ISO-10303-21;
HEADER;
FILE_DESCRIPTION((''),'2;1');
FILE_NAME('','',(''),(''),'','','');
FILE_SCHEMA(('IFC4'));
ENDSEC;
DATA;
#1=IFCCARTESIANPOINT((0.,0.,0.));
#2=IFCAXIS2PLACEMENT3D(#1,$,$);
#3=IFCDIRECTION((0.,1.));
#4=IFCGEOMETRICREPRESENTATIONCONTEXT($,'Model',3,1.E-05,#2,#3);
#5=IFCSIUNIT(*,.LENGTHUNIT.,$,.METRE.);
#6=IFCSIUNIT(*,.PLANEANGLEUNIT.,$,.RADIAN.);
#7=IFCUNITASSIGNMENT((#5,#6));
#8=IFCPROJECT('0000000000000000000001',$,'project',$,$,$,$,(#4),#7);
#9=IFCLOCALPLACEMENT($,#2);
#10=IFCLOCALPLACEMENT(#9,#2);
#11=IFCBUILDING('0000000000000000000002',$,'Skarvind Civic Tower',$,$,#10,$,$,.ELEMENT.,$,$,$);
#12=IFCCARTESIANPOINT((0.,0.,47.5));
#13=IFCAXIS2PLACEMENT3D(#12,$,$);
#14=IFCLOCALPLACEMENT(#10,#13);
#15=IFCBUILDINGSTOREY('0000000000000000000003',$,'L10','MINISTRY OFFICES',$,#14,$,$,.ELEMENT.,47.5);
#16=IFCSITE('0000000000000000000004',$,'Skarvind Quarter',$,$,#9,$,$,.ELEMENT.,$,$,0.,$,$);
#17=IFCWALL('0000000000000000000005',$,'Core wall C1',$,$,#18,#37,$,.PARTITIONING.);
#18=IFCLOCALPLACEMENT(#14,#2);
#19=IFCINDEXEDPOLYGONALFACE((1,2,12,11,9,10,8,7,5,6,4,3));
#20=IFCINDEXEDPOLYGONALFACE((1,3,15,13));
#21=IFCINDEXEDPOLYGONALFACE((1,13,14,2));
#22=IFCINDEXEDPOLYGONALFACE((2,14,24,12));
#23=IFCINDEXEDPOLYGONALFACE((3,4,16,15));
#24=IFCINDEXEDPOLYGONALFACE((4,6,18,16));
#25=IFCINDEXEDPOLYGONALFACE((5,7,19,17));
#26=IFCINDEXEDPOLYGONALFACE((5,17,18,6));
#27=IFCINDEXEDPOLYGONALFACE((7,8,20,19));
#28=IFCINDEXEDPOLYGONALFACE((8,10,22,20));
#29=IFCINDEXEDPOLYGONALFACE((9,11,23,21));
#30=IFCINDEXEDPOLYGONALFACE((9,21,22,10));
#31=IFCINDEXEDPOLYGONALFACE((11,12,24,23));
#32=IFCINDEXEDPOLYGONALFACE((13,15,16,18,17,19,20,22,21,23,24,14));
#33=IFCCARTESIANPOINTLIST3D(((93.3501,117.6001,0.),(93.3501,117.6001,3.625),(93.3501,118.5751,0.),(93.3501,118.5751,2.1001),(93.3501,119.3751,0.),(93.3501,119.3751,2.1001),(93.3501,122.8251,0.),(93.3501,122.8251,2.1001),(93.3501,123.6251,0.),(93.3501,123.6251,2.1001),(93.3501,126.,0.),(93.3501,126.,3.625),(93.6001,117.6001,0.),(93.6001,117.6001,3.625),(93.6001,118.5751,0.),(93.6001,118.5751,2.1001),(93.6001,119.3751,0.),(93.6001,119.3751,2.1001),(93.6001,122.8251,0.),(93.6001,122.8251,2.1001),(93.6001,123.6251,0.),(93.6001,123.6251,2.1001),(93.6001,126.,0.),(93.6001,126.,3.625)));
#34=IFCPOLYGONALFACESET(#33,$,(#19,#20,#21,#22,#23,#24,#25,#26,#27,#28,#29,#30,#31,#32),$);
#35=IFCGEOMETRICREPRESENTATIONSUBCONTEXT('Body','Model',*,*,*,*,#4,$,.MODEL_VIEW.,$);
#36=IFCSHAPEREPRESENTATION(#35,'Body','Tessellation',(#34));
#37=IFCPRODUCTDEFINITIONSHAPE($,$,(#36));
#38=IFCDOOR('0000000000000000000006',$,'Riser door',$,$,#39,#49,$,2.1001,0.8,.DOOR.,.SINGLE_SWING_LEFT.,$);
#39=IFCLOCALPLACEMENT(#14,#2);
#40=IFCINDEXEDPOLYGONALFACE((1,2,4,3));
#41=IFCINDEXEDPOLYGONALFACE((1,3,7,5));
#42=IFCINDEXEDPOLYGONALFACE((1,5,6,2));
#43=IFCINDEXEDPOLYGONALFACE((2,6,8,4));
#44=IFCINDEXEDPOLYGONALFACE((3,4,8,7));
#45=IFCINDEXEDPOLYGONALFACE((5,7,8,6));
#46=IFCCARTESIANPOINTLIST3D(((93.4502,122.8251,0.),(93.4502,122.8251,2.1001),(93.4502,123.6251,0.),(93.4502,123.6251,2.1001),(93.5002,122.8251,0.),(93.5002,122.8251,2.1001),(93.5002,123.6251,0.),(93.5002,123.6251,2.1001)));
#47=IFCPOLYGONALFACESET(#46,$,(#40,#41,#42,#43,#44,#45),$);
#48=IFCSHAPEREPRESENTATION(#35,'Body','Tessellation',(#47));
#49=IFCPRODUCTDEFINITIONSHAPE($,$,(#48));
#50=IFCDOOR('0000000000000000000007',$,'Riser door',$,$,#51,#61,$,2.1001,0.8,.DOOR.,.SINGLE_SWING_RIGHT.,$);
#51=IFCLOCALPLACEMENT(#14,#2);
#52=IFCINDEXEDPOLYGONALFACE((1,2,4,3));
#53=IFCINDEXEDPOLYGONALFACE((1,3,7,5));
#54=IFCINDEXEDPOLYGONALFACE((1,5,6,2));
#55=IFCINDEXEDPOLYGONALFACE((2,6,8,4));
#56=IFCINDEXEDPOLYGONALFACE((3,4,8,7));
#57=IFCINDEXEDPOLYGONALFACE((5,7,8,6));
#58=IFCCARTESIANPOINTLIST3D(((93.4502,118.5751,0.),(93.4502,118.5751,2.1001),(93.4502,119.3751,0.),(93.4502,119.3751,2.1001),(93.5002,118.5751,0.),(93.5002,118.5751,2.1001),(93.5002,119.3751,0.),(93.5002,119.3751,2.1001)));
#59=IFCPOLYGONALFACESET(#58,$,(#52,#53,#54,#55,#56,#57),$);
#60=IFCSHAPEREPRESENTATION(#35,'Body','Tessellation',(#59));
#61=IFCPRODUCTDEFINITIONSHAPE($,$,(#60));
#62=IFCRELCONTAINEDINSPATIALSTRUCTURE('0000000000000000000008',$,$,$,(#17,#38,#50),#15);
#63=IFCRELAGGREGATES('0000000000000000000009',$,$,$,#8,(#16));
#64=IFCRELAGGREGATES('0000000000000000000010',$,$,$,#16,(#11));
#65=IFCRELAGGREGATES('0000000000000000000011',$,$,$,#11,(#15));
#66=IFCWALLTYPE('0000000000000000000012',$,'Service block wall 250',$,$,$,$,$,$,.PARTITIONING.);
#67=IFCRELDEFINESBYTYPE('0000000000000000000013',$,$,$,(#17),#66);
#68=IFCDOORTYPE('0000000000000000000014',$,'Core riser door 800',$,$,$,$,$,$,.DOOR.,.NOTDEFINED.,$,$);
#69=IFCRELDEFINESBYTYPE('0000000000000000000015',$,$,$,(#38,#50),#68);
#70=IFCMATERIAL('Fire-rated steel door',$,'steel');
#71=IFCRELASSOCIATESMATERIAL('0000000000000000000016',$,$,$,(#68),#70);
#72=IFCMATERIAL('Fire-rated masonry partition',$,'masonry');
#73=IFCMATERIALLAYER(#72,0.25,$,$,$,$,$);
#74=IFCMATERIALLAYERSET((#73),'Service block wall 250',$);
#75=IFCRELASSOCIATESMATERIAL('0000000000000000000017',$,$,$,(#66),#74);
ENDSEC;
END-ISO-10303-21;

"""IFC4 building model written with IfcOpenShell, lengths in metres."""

from ifc_helpers import new_model, si_unit, direction, frame, frame_2d, origin, place, context, subcontext, project, spatial, rectangle, extrude, material, layer, layer_set, type_object, element, fill, save


model = new_model("IFC4")

# Units and contexts
model_context = context("Model", 3, precision=1e-05, world=origin(), true_north=direction((0.0, 1.0)))
body_context = subcontext(model_context, "Body", "Model", "MODEL_VIEW")
ifc_project = project(units=[si_unit("LENGTHUNIT", "METRE"), si_unit("PLANEANGLEUNIT", "RADIAN")], contexts=[model_context])

# Site, building, storey
site_placement = place(None, origin())
site = spatial("IfcSite", under=ifc_project, at=site_placement, Name="Skarvind Quarter", CompositionType="ELEMENT", RefElevation=0.0)
building_placement = place(site_placement, origin())
building = spatial("IfcBuilding", under=site, at=building_placement, Name="Skarvind Civic Tower", CompositionType="ELEMENT")
storey_placement = place(building_placement, frame((0.0, 0.0, 47.5)))
storey = spatial("IfcBuildingStorey", under=building, at=storey_placement, Name="L10", Description="MINISTRY OFFICES", CompositionType="ELEMENT", Elevation=47.5)

# Shared definitions
ifc_material_1 = material(Name="Fire-rated masonry partition", Category="masonry")
ifc_material_2 = material(Name="Fire-rated steel door", Category="steel")

# Shared definitions
door_type_1 = type_object("IfcDoorType", Name="Core riser door 800", OperationType="NOTDEFINED", PredefinedType="DOOR", material=ifc_material_2)

# Wall, openings, doors
ifc_layer_1 = layer(ifc_material_1, 0.25)
ifc_layer_set_1 = layer_set([ifc_layer_1], Name="Service block wall 250")
wall_type_1 = type_object("IfcWallType", Name="Service block wall 250", PredefinedType="PARTITIONING", material=ifc_layer_set_1)
wall_1_placement = place(storey_placement, frame((93.4751, 117.6001, 0.0), z_axis=(0.0, 0.0, 1.0), x_axis=(0.0, 1.0, 0.0)))
wall_1 = element("IfcWall", 1, at=wall_1_placement, inside=storey, type_object=wall_type_1, Name="Core wall C1", PredefinedType="PARTITIONING", context=body_context, shape_type="SweptSolid", body=[
    extrude(rectangle(XDim=8.3999, YDim=0.25, at=frame_2d((4.2, 0.0))), origin(), (0.0, 0.0, 1.0), 3.625),
])
opening_1_placement = place(wall_1_placement, frame((5.2251, 0.0, 0.0)))
opening_1 = element("IfcOpeningElement", 2, at=opening_1_placement, cuts=wall_1, PredefinedType="OPENING", context=body_context, shape_type="SweptSolid", body=[
    extrude(rectangle(XDim=0.8, YDim=2.1001, at=frame_2d((0.3999, 1.05))), frame((0.0, 0.135, 0.0), z_axis=(0.0, -1.0, 0.0), x_axis=(1.0, 0.0, 0.0)), (0.0, 0.0, 1.0), 0.27),
])
opening_2_placement = place(wall_1_placement, frame((0.9751, 0.0, 0.0)))
opening_2 = element("IfcOpeningElement", 3, at=opening_2_placement, cuts=wall_1, PredefinedType="OPENING", context=body_context, shape_type="SweptSolid", body=[
    extrude(rectangle(XDim=0.8, YDim=2.1001, at=frame_2d((0.3999, 1.05))), frame((0.0, 0.135, 0.0), z_axis=(0.0, -1.0, 0.0), x_axis=(1.0, 0.0, 0.0)), (0.0, 0.0, 1.0), 0.27),
])
door_1_placement = place(opening_1_placement, origin())
door_1 = element("IfcDoor", 4, at=door_1_placement, inside=storey, type_object=door_type_1, Name="Riser door", OperationType="SINGLE_SWING_LEFT", OverallHeight=2.1001, OverallWidth=0.8, PredefinedType="DOOR", context=body_context, shape_type="SweptSolid", body=[
    extrude(rectangle(XDim=0.8, YDim=2.1001, at=frame_2d((0.3999, 1.05))), frame((0.0, 0.0249, 0.0), z_axis=(0.0, -1.0, 0.0), x_axis=(1.0, 0.0, 0.0)), (0.0, 0.0, 1.0), 0.05),
])
fill(opening_1, door_1)
door_2_placement = place(opening_2_placement, origin())
door_2 = element("IfcDoor", 5, at=door_2_placement, inside=storey, type_object=door_type_1, Name="Riser door", OperationType="SINGLE_SWING_RIGHT", OverallHeight=2.1001, OverallWidth=0.8, PredefinedType="DOOR", context=body_context, shape_type="SweptSolid", body=[
    extrude(rectangle(XDim=0.8, YDim=2.1001, at=frame_2d((0.3999, 1.05))), frame((0.0, 0.0249, 0.0), z_axis=(0.0, -1.0, 0.0), x_axis=(1.0, 0.0, 0.0)), (0.0, 0.0, 1.0), 0.05),
])
fill(opening_2, door_2)

save(model, "model.ifc")
